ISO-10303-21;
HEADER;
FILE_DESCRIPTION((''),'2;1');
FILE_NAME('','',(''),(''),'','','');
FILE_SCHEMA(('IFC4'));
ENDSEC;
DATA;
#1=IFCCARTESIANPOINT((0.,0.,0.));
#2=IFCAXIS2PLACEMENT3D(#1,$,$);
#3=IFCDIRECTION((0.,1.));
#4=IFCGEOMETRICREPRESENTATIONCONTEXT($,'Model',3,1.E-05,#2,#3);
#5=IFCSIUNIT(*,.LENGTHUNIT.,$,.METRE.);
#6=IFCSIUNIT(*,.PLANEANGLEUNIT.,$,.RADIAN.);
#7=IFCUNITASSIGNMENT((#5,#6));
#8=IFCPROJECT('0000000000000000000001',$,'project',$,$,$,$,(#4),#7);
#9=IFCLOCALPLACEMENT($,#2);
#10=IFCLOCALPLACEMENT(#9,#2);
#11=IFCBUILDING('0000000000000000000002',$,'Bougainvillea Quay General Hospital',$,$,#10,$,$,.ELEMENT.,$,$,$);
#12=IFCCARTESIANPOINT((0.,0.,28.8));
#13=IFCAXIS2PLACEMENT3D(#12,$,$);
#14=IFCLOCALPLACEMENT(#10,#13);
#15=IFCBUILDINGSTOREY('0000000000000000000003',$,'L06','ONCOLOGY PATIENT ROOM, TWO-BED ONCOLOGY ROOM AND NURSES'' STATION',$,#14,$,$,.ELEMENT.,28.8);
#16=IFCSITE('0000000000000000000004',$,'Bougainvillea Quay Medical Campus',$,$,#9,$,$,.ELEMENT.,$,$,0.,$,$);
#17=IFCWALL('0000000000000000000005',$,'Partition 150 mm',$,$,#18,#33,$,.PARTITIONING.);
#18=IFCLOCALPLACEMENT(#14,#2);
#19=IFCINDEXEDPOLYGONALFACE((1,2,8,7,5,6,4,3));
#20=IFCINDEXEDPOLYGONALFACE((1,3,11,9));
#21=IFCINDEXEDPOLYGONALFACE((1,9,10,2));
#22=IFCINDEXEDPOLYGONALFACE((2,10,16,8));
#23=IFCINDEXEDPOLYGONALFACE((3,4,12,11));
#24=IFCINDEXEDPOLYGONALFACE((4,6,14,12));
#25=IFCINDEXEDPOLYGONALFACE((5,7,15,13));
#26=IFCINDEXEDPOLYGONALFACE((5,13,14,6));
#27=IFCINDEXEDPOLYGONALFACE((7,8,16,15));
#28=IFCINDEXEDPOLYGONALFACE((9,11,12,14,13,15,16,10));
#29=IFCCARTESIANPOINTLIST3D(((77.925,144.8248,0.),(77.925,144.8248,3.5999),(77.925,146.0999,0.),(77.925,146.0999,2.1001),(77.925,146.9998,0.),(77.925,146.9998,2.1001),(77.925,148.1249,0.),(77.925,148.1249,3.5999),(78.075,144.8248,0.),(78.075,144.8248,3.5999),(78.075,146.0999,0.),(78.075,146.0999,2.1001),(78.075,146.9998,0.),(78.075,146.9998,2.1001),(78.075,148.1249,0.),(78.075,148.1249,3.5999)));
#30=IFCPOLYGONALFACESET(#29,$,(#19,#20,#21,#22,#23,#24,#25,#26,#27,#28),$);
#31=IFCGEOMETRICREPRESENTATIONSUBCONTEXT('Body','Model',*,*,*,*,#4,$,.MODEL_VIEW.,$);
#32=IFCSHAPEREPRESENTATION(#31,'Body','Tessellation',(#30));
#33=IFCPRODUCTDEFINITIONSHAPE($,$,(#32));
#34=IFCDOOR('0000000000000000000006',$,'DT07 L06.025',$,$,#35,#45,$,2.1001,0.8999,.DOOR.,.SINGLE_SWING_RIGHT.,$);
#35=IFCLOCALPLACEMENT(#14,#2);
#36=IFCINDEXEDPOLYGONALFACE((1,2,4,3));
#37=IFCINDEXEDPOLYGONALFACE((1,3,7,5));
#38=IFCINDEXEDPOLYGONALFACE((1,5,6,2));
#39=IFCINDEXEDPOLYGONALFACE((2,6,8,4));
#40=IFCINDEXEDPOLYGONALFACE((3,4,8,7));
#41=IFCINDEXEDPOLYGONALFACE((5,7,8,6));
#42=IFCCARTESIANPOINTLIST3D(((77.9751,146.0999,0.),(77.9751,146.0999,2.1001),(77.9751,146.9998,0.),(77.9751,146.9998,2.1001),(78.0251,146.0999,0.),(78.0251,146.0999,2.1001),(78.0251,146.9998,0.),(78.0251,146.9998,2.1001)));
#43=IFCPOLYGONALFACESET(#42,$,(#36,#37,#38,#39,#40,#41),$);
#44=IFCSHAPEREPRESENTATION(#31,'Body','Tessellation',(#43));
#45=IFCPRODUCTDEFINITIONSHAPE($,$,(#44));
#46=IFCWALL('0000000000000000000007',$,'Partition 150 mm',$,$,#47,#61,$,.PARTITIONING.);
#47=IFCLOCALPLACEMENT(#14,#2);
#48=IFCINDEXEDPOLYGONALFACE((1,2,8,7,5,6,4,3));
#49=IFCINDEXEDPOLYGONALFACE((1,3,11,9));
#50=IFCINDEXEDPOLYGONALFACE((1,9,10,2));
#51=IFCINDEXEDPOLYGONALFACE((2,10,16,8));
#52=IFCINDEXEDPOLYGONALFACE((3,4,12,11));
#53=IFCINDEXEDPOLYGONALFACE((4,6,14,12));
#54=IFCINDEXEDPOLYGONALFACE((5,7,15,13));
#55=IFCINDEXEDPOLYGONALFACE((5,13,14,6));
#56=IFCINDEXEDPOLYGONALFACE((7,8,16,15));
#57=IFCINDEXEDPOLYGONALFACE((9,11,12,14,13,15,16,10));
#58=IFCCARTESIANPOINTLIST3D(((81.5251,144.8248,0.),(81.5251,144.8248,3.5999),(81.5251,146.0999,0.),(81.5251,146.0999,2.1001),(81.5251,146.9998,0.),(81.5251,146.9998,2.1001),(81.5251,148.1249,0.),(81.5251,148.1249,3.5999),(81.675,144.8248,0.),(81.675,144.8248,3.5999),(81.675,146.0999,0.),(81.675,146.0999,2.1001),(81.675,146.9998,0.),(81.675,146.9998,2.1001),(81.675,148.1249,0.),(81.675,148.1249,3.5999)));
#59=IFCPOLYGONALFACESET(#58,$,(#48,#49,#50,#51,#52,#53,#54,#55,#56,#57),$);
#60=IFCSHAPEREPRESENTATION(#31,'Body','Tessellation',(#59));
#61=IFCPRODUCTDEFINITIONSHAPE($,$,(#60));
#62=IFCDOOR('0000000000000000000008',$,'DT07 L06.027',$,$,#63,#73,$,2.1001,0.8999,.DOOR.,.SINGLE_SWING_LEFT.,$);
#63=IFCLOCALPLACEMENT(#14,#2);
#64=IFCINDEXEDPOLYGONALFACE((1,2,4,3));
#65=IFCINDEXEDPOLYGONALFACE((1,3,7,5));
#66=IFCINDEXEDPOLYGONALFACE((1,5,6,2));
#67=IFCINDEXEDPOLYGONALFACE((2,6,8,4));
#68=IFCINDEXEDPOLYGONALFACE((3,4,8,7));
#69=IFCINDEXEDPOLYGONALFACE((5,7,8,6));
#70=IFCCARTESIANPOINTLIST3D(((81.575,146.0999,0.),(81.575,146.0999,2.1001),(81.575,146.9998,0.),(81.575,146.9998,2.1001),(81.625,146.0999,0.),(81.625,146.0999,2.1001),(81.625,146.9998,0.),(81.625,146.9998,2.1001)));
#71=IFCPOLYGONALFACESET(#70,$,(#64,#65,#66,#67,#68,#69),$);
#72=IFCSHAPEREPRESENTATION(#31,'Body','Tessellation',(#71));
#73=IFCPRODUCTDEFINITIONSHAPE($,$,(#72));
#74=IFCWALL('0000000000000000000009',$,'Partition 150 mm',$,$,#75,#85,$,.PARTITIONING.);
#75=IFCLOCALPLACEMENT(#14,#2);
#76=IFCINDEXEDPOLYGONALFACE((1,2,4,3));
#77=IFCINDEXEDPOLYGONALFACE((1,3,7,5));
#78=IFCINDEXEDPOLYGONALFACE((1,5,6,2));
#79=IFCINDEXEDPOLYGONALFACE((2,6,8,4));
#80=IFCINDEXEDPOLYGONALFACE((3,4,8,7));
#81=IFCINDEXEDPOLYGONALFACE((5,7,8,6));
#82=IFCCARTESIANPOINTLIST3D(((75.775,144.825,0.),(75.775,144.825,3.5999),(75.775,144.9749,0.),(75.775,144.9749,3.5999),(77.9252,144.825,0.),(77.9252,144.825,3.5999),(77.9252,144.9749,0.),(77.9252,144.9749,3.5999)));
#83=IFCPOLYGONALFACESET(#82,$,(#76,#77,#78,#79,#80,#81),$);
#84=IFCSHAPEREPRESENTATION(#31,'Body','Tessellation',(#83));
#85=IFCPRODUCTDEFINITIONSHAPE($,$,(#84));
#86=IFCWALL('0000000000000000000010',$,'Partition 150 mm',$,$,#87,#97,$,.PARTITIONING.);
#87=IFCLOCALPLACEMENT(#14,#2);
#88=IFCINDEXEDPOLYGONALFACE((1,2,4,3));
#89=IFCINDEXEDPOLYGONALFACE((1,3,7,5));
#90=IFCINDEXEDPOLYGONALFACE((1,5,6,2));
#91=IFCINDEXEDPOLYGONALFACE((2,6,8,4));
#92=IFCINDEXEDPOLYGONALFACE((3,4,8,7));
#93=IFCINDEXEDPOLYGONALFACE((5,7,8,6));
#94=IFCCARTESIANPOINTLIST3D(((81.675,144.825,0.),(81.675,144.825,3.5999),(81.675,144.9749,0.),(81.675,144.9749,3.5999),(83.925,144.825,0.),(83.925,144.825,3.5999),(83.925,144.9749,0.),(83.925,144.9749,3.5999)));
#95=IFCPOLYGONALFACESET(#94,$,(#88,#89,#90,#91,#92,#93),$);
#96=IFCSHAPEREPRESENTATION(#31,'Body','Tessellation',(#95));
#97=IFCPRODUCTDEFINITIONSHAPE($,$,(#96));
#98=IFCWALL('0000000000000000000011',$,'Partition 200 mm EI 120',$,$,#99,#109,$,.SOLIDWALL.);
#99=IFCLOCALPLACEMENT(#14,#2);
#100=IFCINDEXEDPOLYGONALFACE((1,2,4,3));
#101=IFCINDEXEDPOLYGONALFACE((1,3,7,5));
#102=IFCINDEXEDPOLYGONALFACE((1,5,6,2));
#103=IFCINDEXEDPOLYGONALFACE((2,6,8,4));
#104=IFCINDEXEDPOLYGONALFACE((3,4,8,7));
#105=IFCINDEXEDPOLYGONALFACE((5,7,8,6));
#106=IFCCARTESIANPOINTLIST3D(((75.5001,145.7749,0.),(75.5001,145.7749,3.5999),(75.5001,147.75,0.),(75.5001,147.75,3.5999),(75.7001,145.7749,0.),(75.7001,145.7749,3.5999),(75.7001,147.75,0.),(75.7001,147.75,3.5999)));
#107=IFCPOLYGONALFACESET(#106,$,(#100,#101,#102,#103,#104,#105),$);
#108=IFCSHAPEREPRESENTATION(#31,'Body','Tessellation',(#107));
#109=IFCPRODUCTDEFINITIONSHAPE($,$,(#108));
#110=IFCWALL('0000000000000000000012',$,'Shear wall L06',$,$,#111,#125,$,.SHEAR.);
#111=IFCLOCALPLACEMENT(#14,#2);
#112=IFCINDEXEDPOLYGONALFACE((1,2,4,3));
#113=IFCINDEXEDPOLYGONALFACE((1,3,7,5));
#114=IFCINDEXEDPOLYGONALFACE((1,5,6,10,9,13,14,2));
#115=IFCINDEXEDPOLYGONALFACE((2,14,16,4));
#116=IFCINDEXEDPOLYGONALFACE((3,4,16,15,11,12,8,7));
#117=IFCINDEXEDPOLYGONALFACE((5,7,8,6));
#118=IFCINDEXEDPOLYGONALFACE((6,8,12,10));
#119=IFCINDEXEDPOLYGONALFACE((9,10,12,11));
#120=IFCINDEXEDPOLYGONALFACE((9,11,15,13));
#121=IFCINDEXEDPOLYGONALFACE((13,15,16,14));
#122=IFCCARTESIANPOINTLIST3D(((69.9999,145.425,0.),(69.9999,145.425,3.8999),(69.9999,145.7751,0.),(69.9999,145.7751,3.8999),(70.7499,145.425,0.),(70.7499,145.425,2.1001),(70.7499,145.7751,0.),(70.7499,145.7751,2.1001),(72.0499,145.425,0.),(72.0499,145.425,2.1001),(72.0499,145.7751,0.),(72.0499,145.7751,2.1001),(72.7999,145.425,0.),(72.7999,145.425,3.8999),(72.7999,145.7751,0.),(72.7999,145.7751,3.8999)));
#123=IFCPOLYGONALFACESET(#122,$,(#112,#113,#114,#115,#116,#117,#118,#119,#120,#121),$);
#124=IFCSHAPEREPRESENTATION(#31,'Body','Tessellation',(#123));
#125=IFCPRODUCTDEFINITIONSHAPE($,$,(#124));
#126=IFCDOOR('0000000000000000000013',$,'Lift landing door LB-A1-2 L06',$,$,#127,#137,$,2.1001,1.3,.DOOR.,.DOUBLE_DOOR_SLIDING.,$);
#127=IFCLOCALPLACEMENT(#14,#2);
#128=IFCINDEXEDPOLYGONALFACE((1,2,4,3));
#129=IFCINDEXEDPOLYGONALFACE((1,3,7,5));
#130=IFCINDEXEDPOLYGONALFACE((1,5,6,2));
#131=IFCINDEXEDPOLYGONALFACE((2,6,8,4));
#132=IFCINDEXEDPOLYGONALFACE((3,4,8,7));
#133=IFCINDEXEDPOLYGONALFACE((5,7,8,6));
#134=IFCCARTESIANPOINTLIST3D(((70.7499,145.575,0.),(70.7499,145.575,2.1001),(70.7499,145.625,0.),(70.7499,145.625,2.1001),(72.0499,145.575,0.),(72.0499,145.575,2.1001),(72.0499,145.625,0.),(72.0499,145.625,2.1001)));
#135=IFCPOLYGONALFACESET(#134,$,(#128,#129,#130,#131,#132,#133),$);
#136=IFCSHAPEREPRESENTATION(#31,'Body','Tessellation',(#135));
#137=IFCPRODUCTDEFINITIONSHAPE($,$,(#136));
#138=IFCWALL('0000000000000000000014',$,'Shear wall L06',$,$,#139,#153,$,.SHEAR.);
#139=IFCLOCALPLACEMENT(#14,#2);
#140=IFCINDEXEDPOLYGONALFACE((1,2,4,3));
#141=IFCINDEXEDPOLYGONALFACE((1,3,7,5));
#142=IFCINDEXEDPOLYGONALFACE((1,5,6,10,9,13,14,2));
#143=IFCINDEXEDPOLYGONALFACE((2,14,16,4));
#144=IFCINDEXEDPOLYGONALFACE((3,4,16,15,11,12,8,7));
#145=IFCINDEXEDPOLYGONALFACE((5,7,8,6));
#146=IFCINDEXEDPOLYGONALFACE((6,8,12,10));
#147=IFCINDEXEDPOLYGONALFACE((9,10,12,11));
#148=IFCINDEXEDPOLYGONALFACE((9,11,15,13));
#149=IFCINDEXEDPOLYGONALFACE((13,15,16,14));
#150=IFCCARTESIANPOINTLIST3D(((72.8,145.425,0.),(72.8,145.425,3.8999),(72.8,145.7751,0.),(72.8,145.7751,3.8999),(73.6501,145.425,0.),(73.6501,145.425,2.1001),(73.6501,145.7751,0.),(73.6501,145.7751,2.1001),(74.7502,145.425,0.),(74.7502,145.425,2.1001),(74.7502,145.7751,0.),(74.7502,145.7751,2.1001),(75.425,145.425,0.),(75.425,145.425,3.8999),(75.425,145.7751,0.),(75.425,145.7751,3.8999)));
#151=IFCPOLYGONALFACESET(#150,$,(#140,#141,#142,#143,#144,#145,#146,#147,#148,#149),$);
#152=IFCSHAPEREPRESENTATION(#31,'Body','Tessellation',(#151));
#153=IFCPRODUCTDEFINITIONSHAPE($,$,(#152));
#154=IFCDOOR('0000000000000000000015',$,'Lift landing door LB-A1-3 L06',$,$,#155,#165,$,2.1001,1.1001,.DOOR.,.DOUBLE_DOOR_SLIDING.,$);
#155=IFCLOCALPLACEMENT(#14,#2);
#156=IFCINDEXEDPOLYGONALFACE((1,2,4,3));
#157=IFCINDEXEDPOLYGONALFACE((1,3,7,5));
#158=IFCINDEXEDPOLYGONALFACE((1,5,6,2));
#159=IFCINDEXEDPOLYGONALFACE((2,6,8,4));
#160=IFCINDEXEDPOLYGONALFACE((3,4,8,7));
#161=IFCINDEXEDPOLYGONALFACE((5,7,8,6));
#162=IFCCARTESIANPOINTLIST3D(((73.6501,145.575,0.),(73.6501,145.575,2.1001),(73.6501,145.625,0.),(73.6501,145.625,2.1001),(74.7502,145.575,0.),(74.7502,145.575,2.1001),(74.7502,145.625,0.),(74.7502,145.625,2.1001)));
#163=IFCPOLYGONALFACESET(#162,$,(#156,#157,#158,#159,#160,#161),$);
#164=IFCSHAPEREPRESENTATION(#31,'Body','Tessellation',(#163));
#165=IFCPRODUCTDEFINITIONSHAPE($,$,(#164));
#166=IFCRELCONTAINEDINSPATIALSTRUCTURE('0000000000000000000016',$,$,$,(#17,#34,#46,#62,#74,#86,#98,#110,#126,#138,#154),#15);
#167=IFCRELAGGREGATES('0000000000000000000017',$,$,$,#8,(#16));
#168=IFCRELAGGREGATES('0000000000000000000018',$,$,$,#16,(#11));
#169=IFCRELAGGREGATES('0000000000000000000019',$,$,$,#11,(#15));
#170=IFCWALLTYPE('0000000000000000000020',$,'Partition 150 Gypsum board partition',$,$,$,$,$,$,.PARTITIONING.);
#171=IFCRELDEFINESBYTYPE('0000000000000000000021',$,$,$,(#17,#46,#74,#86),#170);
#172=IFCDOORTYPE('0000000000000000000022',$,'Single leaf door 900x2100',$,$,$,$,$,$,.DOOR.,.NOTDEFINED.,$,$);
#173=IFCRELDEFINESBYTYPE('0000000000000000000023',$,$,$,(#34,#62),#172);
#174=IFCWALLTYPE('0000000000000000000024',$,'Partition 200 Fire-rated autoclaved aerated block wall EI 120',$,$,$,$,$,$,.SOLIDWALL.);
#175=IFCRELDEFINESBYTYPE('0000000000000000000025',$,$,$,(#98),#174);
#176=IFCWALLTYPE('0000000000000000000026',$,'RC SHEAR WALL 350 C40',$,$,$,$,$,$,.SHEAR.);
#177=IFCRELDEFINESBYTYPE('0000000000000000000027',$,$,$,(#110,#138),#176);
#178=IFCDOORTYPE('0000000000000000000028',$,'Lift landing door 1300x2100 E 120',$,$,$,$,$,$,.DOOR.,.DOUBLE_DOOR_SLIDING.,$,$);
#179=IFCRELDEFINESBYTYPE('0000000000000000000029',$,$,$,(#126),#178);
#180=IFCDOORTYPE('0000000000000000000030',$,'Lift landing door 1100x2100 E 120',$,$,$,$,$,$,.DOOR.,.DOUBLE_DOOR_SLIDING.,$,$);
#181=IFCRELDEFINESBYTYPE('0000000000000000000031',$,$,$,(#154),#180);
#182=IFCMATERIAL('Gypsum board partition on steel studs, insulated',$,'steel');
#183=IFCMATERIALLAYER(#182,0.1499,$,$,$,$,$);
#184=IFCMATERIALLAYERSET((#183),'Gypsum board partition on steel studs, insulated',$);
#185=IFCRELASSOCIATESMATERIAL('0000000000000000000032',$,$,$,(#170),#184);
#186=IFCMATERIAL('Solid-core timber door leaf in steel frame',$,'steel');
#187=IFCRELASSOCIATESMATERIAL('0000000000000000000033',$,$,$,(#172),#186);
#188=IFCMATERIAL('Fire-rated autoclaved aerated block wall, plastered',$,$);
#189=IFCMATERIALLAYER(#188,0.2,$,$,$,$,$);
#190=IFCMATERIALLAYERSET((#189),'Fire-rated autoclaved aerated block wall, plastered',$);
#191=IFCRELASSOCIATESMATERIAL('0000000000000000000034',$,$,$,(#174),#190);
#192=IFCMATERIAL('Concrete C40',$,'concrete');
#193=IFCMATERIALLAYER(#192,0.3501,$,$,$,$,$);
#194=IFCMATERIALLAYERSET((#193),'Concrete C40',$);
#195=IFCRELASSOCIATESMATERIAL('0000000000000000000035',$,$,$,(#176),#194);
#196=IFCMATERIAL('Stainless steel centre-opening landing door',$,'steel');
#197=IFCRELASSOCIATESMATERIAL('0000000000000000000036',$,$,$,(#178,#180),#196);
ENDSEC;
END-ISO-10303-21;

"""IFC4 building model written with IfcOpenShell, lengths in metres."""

from ifc_helpers import new_model, si_unit, direction, frame, frame_2d, origin, place, context, subcontext, project, spatial, rectangle, extrude, material, layer, layer_set, type_object, element, fill, save


model = new_model("IFC4")

# Units and contexts
model_context = context("Model", 3, precision=1e-05, world=origin(), true_north=direction((0.0, 1.0)))
body_context = subcontext(model_context, "Body", "Model", "MODEL_VIEW")
ifc_project = project(units=[si_unit("LENGTHUNIT", "METRE"), si_unit("PLANEANGLEUNIT", "RADIAN")], contexts=[model_context])

# Site, building, storey
site_placement = place(None, origin())
site = spatial("IfcSite", under=ifc_project, at=site_placement, Name="Bougainvillea Quay Medical Campus", CompositionType="ELEMENT", RefElevation=0.0)
building_placement = place(site_placement, origin())
building = spatial("IfcBuilding", under=site, at=building_placement, Name="Bougainvillea Quay General Hospital", CompositionType="ELEMENT")
storey_placement = place(building_placement, frame((0.0, 0.0, 28.8)))
storey = spatial("IfcBuildingStorey", under=building, at=storey_placement, Name="L06", Description="ONCOLOGY PATIENT ROOM, TWO-BED ONCOLOGY ROOM AND NURSES' STATION", CompositionType="ELEMENT", Elevation=28.8)

# Walls, openings, doors
ifc_material_1 = material(Name="Gypsum board partition on steel studs, insulated", Category="steel")
ifc_layer_1 = layer(ifc_material_1, 0.1499)
ifc_layer_set_1 = layer_set([ifc_layer_1], Name="Gypsum board partition on steel studs, insulated")
wall_type_1 = type_object("IfcWallType", Name="Partition 150 Gypsum board partition", PredefinedType="PARTITIONING", material=ifc_layer_set_1)
wall_1_placement = place(storey_placement, frame((78.0, 144.825, 0.0), z_axis=(0.0, 0.0, 1.0), x_axis=(0.0, 1.0, 0.0)))
wall_1 = element("IfcWall", 1, at=wall_1_placement, inside=storey, type_object=wall_type_1, Name="Partition 150 mm", PredefinedType="PARTITIONING", context=body_context, shape_type="SweptSolid", body=[
    extrude(rectangle(XDim=3.3, YDim=0.1499, at=frame_2d((1.6499, 0.0))), origin(), (0.0, 0.0, 1.0), 3.5999),
])
opening_1_placement = place(wall_1_placement, frame((1.2749, 0.0, 0.0)))
opening_1 = element("IfcOpeningElement", 2, at=opening_1_placement, cuts=wall_1, PredefinedType="OPENING", context=body_context, shape_type="SweptSolid", body=[
    extrude(rectangle(XDim=0.8999, YDim=2.1001, at=frame_2d((0.45, 1.05))), frame((0.0, 0.085, 0.0), z_axis=(0.0, -1.0, 0.0), x_axis=(1.0, 0.0, 0.0)), (0.0, 0.0, 1.0), 0.1699),
])
ifc_material_2 = material(Name="Solid-core timber door leaf in steel frame", Category="steel")
door_type_1 = type_object("IfcDoorType", Name="Single leaf door 900x2100", OperationType="NOTDEFINED", PredefinedType="DOOR", material=ifc_material_2)
door_1_placement = place(opening_1_placement, origin())
door_1 = element("IfcDoor", 3, at=door_1_placement, inside=storey, type_object=door_type_1, Name="DT07 L06.025", OperationType="SINGLE_SWING_RIGHT", OverallHeight=2.1001, OverallWidth=0.8999, PredefinedType="DOOR", context=body_context, shape_type="SweptSolid", body=[
    extrude(rectangle(XDim=0.8999, YDim=2.1001, at=frame_2d((0.45, 1.05))), frame((0.0, 0.0249, 0.0), z_axis=(0.0, -1.0, 0.0), x_axis=(1.0, 0.0, 0.0)), (0.0, 0.0, 1.0), 0.05),
])
fill(opening_1, door_1)
wall_2_placement = place(storey_placement, frame((81.6001, 144.825, 0.0), z_axis=(0.0, 0.0, 1.0), x_axis=(0.0, 1.0, 0.0)))
wall_2 = element("IfcWall", 4, at=wall_2_placement, inside=storey, type_object=wall_type_1, Name="Partition 150 mm", PredefinedType="PARTITIONING", context=body_context, shape_type="SweptSolid", body=[
    extrude(rectangle(XDim=3.3, YDim=0.1499, at=frame_2d((1.6499, 0.0))), origin(), (0.0, 0.0, 1.0), 3.5999),
])
opening_2_placement = place(wall_2_placement, frame((1.2749, 0.0, 0.0)))
opening_2 = element("IfcOpeningElement", 5, at=opening_2_placement, cuts=wall_2, PredefinedType="OPENING", context=body_context, shape_type="SweptSolid", body=[
    extrude(rectangle(XDim=0.8999, YDim=2.1001, at=frame_2d((0.45, 1.05))), frame((0.0, 0.085, 0.0), z_axis=(0.0, -1.0, 0.0), x_axis=(1.0, 0.0, 0.0)), (0.0, 0.0, 1.0), 0.1699),
])
door_2_placement = place(opening_2_placement, frame((0.8999, 0.0, 0.0), z_axis=(0.0, 0.0, 1.0), x_axis=(-1.0, 0.0, 0.0)))
door_2 = element("IfcDoor", 6, at=door_2_placement, inside=storey, type_object=door_type_1, Name="DT07 L06.027", OperationType="SINGLE_SWING_LEFT", OverallHeight=2.1001, OverallWidth=0.8999, PredefinedType="DOOR", context=body_context, shape_type="SweptSolid", body=[
    extrude(rectangle(XDim=0.8999, YDim=2.1001, at=frame_2d((0.45, 1.05))), frame((0.0, 0.0249, 0.0), z_axis=(0.0, -1.0, 0.0), x_axis=(1.0, 0.0, 0.0)), (0.0, 0.0, 1.0), 0.05),
])
fill(opening_2, door_2)

# Walls
wall_3_placement = place(storey_placement, frame((75.7749, 144.8999, 0.0), z_axis=(0.0, 0.0, 1.0), x_axis=(1.0, 0.0, 0.0)))
element("IfcWall", 7, at=wall_3_placement, inside=storey, type_object=wall_type_1, Name="Partition 150 mm", PredefinedType="PARTITIONING", context=body_context, shape_type="SweptSolid", body=[
    extrude(rectangle(XDim=2.1501, YDim=0.1499, at=frame_2d((1.0752, 0.0))), origin(), (0.0, 0.0, 1.0), 3.5999),
])
wall_4_placement = place(storey_placement, frame((81.675, 144.8999, 0.0), z_axis=(0.0, 0.0, 1.0), x_axis=(1.0, 0.0, 0.0)))
element("IfcWall", 8, at=wall_4_placement, inside=storey, type_object=wall_type_1, Name="Partition 150 mm", PredefinedType="PARTITIONING", context=body_context, shape_type="SweptSolid", body=[
    extrude(rectangle(XDim=2.25, YDim=0.1499, at=frame_2d((1.125, 0.0))), origin(), (0.0, 0.0, 1.0), 3.5999),
])
ifc_material_3 = material(Name="Fire-rated autoclaved aerated block wall, plastered")
ifc_layer_2 = layer(ifc_material_3, 0.2)
ifc_layer_set_2 = layer_set([ifc_layer_2], Name="Fire-rated autoclaved aerated block wall, plastered")
wall_type_2 = type_object("IfcWallType", Name="Partition 200 Fire-rated autoclaved aerated block wall EI 120", PredefinedType="SOLIDWALL", material=ifc_layer_set_2)
wall_5_placement = place(storey_placement, frame((75.6001, 147.75, 0.0), z_axis=(0.0, 0.0, 1.0), x_axis=(0.0, -1.0, 0.0)))
element("IfcWall", 9, at=wall_5_placement, inside=storey, type_object=wall_type_2, Name="Partition 200 mm EI 120", PredefinedType="SOLIDWALL", context=body_context, shape_type="SweptSolid", body=[
    extrude(rectangle(XDim=1.9751, YDim=0.2, at=frame_2d((0.9875, 0.0))), origin(), (0.0, 0.0, 1.0), 3.5999),
])

# Walls, openings, doors
ifc_material_4 = material(Name="Concrete C40", Category="concrete")
ifc_layer_3 = layer(ifc_material_4, 0.3501)
ifc_layer_set_3 = layer_set([ifc_layer_3], Name="Concrete C40")
wall_type_3 = type_object("IfcWallType", Name="RC SHEAR WALL 350 C40", PredefinedType="SHEAR", material=ifc_layer_set_3)
wall_6_placement = place(storey_placement, frame((70.0, 145.6001, 0.0), z_axis=(0.0, 0.0, 1.0), x_axis=(1.0, 0.0, 0.0)))
wall_6 = element("IfcWall", 10, at=wall_6_placement, inside=storey, type_object=wall_type_3, Name="Shear wall L06", PredefinedType="SHEAR", context=body_context, shape_type="SweptSolid", body=[
    extrude(rectangle(XDim=2.8, YDim=0.3501, at=frame_2d((1.3999, 0.0))), origin(), (0.0, 0.0, 1.0), 3.8999),
])
opening_3_placement = place(wall_6_placement, frame((0.75, 0.0, 0.0)))
opening_3 = element("IfcOpeningElement", 11, at=opening_3_placement, cuts=wall_6, PredefinedType="OPENING", context=body_context, shape_type="SweptSolid", body=[
    extrude(rectangle(XDim=1.3, YDim=2.1001, at=frame_2d((0.6499, 1.05))), frame((0.0, 0.1851, 0.0), z_axis=(0.0, -1.0, 0.0), x_axis=(1.0, 0.0, 0.0)), (0.0, 0.0, 1.0), 0.3701),
])
ifc_material_5 = material(Name="Stainless steel centre-opening landing door", Category="steel")
door_type_2 = type_object("IfcDoorType", Name="Lift landing door 1300x2100 E 120", OperationType="DOUBLE_DOOR_SLIDING", PredefinedType="DOOR", material=ifc_material_5)
door_3_placement = place(opening_3_placement, origin())
door_3 = element("IfcDoor", 12, at=door_3_placement, inside=storey, type_object=door_type_2, Name="Lift landing door LB-A1-2 L06", OperationType="DOUBLE_DOOR_SLIDING", OverallHeight=2.1001, OverallWidth=1.3, PredefinedType="DOOR", context=body_context, shape_type="SweptSolid", body=[
    extrude(rectangle(XDim=1.3, YDim=2.1001, at=frame_2d((0.6499, 1.05))), frame((0.0, 0.0249, 0.0), z_axis=(0.0, -1.0, 0.0), x_axis=(1.0, 0.0, 0.0)), (0.0, 0.0, 1.0), 0.05),
])
fill(opening_3, door_3)
wall_7_placement = place(storey_placement, frame((72.8, 145.6001, 0.0), z_axis=(0.0, 0.0, 1.0), x_axis=(1.0, 0.0, 0.0)))
wall_7 = element("IfcWall", 13, at=wall_7_placement, inside=storey, type_object=wall_type_3, Name="Shear wall L06", PredefinedType="SHEAR", context=body_context, shape_type="SweptSolid", body=[
    extrude(rectangle(XDim=2.625, YDim=0.3501, at=frame_2d((1.3125, 0.0))), origin(), (0.0, 0.0, 1.0), 3.8999),
])
opening_4_placement = place(wall_7_placement, frame((0.8501, 0.0, 0.0)))
opening_4 = element("IfcOpeningElement", 14, at=opening_4_placement, cuts=wall_7, PredefinedType="OPENING", context=body_context, shape_type="SweptSolid", body=[
    extrude(rectangle(XDim=1.1001, YDim=2.1001, at=frame_2d((0.55, 1.05))), frame((0.0, 0.1851, 0.0), z_axis=(0.0, -1.0, 0.0), x_axis=(1.0, 0.0, 0.0)), (0.0, 0.0, 1.0), 0.3701),
])
door_type_3 = type_object("IfcDoorType", Name="Lift landing door 1100x2100 E 120", OperationType="DOUBLE_DOOR_SLIDING", PredefinedType="DOOR", material=ifc_material_5)
door_4_placement = place(opening_4_placement, origin())
door_4 = element("IfcDoor", 15, at=door_4_placement, inside=storey, type_object=door_type_3, Name="Lift landing door LB-A1-3 L06", OperationType="DOUBLE_DOOR_SLIDING", OverallHeight=2.1001, OverallWidth=1.1001, PredefinedType="DOOR", context=body_context, shape_type="SweptSolid", body=[
    extrude(rectangle(XDim=1.1001, YDim=2.1001, at=frame_2d((0.55, 1.05))), frame((0.0, 0.0249, 0.0), z_axis=(0.0, -1.0, 0.0), x_axis=(1.0, 0.0, 0.0)), (0.0, 0.0, 1.0), 0.05),
])
fill(opening_4, door_4)

save(model, "model.ifc")
